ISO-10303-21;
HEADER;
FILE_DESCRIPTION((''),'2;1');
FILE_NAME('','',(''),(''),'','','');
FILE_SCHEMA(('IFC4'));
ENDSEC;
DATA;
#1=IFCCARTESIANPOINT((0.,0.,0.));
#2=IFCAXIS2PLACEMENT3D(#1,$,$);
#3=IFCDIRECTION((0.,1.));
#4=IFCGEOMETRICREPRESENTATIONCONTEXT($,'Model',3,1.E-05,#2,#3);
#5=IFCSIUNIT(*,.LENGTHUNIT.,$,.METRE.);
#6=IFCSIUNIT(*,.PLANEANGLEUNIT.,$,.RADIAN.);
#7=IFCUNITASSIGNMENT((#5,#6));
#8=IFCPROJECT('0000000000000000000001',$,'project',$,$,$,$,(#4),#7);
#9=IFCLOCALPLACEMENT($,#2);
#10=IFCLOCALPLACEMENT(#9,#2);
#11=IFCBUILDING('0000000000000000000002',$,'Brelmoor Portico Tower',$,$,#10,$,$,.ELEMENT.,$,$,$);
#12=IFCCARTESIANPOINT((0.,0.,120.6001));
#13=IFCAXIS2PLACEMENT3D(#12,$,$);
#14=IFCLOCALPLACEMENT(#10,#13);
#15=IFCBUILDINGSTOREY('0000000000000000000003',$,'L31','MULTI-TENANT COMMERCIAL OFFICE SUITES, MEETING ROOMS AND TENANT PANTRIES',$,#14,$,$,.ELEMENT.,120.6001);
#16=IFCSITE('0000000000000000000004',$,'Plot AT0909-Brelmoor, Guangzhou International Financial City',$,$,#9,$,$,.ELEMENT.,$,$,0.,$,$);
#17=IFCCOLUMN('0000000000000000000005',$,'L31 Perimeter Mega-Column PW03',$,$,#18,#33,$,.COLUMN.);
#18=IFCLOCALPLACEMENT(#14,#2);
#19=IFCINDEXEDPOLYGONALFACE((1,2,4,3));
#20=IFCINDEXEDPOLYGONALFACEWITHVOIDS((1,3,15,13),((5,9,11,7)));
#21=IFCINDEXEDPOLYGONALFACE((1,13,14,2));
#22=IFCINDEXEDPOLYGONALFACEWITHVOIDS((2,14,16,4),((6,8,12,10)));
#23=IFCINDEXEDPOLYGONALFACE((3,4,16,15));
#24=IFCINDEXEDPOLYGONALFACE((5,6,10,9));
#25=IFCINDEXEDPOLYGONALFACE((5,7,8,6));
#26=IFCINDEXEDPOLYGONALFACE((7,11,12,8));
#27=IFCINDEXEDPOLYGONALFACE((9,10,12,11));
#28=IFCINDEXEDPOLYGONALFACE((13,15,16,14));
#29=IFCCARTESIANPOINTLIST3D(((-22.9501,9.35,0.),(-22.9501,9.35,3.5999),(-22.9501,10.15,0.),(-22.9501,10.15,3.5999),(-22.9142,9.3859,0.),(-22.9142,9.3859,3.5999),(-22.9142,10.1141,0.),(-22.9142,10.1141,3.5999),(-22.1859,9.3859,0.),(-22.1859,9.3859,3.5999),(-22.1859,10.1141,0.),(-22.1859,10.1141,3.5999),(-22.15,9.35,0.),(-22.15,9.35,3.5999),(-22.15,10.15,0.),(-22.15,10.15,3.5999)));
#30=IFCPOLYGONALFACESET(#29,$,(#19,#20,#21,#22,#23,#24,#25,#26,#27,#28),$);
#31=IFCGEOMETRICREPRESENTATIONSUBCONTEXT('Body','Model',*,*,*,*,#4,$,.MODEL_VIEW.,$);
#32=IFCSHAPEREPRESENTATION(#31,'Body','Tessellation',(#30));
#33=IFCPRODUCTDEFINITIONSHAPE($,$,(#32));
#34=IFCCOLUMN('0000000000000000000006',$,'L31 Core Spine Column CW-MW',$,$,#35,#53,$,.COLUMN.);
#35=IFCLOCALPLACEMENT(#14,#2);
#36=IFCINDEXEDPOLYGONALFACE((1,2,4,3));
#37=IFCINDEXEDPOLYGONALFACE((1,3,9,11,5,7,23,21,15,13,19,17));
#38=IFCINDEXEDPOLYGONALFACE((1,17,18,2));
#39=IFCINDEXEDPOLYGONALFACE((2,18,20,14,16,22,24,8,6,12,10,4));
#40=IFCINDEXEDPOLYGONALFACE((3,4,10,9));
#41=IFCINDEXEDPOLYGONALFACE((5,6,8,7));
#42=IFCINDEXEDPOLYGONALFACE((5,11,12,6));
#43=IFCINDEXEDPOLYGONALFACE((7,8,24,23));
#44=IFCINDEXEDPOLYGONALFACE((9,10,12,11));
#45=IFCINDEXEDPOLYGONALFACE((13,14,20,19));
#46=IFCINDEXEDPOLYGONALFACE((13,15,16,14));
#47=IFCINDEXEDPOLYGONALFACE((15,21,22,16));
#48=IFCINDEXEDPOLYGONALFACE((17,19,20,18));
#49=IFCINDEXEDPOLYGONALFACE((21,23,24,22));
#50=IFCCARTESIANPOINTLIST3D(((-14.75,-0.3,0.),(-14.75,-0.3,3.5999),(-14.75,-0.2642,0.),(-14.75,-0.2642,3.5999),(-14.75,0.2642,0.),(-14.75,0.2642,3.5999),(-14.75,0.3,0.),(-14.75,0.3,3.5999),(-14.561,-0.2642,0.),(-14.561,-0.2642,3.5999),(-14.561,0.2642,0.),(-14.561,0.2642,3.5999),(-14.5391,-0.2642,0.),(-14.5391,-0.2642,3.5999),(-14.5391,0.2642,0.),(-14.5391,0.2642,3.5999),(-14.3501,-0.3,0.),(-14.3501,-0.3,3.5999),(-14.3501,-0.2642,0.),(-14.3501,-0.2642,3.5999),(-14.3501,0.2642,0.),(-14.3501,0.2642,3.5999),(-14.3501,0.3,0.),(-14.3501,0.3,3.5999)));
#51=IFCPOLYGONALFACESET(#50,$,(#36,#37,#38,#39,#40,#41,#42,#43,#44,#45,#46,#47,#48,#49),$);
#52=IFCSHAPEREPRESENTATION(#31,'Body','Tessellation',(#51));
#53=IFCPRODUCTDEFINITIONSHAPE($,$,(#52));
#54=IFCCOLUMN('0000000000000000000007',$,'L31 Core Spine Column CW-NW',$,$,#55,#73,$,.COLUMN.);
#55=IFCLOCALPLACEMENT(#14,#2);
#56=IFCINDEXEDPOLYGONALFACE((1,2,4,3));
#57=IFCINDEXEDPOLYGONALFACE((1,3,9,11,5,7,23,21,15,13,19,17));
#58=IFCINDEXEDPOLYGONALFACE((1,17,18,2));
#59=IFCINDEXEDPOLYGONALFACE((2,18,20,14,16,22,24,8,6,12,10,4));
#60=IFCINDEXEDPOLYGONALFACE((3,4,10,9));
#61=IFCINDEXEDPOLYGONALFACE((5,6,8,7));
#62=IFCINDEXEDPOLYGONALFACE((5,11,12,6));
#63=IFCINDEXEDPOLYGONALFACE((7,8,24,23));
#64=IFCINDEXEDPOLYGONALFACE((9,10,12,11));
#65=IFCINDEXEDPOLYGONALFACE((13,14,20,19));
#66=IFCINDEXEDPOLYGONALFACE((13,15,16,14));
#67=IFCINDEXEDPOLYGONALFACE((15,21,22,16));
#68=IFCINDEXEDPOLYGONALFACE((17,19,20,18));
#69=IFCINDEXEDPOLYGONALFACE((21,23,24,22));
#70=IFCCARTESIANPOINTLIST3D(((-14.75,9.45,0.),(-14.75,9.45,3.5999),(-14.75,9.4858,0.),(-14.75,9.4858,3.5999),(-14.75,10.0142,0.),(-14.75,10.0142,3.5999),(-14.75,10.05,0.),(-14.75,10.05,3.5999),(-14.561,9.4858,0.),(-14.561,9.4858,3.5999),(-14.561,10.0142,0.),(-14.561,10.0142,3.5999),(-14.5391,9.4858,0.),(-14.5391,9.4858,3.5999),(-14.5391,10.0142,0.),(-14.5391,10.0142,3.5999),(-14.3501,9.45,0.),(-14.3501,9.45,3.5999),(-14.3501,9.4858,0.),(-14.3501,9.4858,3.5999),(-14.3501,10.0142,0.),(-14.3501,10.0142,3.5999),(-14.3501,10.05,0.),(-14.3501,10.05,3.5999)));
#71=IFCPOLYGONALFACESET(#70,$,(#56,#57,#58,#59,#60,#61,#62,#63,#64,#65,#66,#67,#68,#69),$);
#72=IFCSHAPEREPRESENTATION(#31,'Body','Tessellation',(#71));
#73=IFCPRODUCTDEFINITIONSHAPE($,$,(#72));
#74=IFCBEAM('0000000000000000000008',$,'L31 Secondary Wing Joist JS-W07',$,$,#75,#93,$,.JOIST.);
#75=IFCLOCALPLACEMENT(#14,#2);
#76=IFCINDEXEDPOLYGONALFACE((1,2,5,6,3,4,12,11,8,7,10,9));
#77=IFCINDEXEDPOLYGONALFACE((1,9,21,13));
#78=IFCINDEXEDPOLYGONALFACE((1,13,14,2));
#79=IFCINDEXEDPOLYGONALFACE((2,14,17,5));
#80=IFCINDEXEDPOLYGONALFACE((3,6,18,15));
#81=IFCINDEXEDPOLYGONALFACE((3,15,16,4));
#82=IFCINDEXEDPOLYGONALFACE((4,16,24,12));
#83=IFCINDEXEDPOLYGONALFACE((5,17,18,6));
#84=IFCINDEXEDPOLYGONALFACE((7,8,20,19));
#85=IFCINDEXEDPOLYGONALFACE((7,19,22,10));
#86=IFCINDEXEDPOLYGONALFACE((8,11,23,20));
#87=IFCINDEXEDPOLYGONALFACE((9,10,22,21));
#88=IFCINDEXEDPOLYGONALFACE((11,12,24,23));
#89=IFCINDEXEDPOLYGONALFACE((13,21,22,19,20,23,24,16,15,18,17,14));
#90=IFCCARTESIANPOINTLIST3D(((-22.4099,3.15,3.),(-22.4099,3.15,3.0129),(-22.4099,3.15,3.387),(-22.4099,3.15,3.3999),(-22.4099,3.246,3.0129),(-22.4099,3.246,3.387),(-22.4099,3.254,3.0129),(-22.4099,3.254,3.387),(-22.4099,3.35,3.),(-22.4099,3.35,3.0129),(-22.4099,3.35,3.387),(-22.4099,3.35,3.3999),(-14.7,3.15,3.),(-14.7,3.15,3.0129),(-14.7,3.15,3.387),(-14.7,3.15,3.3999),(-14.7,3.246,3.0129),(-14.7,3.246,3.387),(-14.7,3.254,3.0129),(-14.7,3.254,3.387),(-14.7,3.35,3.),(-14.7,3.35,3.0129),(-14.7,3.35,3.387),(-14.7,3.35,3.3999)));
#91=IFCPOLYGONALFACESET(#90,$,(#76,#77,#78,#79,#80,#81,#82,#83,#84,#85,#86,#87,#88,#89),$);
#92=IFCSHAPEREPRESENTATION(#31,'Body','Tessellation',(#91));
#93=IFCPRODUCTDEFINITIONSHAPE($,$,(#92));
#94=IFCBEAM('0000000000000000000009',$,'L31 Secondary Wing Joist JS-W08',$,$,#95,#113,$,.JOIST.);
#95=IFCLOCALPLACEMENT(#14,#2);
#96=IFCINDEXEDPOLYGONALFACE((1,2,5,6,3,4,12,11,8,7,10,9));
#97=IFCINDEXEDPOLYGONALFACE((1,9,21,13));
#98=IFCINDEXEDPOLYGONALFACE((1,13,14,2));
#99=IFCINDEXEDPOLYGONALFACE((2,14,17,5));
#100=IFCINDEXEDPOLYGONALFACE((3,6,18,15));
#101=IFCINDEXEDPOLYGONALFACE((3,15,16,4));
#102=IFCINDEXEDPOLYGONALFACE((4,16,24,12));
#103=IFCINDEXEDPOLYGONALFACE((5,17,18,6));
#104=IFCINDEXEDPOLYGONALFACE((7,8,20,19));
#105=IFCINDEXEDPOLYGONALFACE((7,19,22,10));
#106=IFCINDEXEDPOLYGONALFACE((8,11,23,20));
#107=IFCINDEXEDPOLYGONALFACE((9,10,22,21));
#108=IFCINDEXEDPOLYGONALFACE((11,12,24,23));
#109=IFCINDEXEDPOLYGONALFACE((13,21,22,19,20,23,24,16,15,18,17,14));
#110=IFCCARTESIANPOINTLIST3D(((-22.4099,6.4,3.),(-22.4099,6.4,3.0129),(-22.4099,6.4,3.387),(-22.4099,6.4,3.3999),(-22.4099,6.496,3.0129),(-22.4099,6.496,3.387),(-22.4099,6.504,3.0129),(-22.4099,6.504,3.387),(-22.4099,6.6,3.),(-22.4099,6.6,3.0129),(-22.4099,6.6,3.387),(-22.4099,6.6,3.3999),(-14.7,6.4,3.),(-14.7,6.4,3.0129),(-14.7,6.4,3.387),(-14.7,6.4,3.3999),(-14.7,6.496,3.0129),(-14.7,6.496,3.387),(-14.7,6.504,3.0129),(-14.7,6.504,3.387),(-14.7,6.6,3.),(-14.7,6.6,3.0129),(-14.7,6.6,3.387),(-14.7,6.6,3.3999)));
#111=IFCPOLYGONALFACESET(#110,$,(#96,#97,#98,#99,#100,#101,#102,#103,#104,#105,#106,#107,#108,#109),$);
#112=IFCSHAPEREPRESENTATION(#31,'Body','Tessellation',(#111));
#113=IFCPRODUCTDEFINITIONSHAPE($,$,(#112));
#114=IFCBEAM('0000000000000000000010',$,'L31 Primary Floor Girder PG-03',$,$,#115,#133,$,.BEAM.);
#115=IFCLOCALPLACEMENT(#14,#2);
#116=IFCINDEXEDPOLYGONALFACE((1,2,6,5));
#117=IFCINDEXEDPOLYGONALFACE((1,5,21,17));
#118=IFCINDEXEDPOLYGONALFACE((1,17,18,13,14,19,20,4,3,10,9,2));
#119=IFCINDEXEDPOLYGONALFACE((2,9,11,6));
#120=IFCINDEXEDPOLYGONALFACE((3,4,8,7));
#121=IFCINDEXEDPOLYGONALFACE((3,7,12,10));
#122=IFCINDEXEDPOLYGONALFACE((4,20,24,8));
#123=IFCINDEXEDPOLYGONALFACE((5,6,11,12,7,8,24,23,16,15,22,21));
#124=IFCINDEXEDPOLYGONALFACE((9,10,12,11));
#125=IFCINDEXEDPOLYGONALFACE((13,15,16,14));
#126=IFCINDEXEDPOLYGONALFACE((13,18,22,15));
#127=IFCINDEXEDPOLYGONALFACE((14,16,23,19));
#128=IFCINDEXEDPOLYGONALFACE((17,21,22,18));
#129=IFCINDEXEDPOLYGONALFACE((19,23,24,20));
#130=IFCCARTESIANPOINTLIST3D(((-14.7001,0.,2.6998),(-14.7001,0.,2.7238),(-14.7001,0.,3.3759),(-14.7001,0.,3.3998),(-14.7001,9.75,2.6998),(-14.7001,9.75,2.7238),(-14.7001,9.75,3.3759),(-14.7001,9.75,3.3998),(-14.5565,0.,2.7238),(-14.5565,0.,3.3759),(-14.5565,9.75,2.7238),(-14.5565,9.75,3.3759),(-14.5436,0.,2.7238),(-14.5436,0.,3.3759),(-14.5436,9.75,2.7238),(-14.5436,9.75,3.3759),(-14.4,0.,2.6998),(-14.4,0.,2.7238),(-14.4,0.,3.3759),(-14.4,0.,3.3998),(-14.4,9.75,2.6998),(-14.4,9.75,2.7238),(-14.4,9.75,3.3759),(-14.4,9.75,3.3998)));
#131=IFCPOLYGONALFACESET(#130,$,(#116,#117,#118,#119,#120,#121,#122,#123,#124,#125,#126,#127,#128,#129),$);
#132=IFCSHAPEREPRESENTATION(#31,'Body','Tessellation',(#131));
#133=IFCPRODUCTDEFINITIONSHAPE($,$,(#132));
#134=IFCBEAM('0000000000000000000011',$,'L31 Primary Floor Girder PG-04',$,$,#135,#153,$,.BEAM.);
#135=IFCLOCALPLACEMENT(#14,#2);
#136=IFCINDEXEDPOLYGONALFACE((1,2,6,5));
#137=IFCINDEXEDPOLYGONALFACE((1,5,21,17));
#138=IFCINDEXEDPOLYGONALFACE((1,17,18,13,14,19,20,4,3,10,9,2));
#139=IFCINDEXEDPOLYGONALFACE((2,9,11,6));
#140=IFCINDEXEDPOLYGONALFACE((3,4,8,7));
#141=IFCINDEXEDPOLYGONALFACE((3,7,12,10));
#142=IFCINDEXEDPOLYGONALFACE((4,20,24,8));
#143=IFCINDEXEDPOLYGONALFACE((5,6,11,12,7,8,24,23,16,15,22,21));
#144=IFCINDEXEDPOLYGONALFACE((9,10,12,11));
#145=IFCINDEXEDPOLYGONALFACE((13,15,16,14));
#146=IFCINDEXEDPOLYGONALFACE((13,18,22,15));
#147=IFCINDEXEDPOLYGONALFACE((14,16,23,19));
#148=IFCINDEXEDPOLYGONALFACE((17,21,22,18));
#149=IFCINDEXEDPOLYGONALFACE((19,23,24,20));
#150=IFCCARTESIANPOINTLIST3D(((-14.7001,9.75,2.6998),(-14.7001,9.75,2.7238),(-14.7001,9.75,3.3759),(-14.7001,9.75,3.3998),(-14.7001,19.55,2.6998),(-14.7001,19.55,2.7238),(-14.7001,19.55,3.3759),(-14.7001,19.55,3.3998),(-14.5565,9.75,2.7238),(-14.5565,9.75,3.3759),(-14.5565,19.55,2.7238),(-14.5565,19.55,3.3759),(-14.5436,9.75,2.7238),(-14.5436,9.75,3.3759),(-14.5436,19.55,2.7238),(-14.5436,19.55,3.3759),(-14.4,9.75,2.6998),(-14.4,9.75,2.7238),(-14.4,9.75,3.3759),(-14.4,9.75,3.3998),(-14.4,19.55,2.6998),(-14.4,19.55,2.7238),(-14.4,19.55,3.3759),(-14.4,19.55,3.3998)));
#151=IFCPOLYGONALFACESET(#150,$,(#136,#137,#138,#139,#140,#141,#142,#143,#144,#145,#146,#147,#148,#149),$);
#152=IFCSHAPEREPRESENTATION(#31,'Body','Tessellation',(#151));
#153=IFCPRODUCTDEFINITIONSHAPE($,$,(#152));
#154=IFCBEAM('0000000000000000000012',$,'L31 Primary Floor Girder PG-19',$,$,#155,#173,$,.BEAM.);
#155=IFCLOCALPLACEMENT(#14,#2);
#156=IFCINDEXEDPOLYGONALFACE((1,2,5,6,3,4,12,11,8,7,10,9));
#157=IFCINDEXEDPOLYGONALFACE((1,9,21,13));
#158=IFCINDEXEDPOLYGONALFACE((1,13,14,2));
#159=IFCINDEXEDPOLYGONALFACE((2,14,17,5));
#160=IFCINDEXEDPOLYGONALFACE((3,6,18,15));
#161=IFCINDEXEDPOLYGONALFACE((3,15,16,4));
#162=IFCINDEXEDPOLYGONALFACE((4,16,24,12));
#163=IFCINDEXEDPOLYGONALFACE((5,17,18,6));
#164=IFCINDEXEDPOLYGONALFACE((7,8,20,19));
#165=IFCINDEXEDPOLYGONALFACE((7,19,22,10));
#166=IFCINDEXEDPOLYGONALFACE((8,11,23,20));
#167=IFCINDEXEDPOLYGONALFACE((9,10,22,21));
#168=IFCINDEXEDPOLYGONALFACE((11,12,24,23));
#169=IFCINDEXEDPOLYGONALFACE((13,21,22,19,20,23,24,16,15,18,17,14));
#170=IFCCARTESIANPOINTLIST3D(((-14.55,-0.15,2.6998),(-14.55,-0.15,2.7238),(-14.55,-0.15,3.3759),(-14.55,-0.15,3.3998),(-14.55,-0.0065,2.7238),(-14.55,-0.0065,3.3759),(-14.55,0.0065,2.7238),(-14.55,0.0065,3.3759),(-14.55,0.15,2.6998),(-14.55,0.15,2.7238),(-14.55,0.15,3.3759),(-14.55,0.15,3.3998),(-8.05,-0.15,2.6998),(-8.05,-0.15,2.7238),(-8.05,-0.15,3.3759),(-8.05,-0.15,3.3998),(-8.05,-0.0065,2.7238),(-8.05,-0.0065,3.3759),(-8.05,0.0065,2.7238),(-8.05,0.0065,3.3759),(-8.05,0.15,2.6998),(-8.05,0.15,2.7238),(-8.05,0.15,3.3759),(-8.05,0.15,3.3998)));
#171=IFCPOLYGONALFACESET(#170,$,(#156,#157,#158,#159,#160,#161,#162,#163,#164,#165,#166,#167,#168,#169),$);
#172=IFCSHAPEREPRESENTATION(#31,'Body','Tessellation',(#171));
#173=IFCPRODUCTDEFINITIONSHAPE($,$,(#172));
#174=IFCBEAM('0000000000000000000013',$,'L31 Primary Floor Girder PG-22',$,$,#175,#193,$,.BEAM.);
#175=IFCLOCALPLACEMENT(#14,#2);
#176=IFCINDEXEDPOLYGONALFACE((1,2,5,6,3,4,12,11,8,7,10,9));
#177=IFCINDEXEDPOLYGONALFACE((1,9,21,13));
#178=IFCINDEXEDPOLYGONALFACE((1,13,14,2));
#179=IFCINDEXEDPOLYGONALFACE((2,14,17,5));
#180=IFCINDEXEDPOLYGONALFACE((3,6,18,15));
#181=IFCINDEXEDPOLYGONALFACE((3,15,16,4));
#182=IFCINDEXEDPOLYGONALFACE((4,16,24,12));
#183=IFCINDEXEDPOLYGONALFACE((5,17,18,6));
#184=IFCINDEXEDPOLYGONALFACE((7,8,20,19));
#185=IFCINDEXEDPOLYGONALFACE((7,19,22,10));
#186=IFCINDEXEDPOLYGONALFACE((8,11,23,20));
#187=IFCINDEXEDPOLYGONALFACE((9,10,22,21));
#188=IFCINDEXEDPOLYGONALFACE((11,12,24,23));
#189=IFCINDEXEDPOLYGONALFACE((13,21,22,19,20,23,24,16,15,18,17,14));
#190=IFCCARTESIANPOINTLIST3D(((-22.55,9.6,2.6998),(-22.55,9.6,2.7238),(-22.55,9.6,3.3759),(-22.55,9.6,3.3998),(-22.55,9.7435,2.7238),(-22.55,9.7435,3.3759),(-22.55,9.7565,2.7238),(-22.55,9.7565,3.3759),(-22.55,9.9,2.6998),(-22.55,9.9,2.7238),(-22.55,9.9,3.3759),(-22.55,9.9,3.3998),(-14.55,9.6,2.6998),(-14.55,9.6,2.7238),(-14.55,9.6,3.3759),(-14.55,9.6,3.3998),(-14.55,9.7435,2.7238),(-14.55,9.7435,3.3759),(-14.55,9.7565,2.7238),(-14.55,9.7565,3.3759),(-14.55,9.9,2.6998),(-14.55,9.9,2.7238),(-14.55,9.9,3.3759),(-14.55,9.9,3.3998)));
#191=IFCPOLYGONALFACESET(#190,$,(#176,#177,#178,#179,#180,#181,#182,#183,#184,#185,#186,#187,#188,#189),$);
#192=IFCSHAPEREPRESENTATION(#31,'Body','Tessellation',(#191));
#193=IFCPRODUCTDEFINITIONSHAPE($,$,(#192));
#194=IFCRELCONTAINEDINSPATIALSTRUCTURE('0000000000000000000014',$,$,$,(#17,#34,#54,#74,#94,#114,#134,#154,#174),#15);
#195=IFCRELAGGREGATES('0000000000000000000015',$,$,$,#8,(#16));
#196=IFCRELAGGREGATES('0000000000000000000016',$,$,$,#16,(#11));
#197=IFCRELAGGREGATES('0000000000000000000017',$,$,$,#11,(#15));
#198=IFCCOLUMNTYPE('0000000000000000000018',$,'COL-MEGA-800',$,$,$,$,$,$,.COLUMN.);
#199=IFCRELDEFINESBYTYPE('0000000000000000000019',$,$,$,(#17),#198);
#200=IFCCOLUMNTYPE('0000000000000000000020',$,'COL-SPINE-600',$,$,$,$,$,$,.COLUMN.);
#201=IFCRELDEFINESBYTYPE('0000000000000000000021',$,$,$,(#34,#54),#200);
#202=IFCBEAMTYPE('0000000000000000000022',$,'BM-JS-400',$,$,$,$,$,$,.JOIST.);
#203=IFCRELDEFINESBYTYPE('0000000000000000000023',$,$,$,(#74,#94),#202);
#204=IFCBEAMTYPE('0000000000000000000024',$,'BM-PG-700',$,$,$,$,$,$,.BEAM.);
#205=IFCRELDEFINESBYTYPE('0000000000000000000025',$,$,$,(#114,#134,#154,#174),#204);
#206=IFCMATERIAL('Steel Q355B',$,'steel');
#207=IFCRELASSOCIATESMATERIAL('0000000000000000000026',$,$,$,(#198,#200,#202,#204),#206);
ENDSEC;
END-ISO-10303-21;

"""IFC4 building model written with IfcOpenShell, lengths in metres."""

from ifc_helpers import new_model, si_unit, direction, frame, origin, origin_2d, place, context, subcontext, project, spatial, hollow_rectangle, i_section, extrude, material, material_profile, profile_set, type_object, element, save


model = new_model("IFC4")

# Units and contexts
model_context = context("Model", 3, precision=1e-05, world=origin(), true_north=direction((0.0, 1.0)))
body_context = subcontext(model_context, "Body", "Model", "MODEL_VIEW")
ifc_project = project(units=[si_unit("LENGTHUNIT", "METRE"), si_unit("PLANEANGLEUNIT", "RADIAN")], contexts=[model_context])

# Site, building, storey
site_placement = place(None, origin())
site = spatial("IfcSite", under=ifc_project, at=site_placement, Name="Plot AT0909-Brelmoor, Guangzhou International Financial City", CompositionType="ELEMENT", RefElevation=0.0)
building_placement = place(site_placement, origin())
building = spatial("IfcBuilding", under=site, at=building_placement, Name="Brelmoor Portico Tower", CompositionType="ELEMENT")
storey_placement = place(building_placement, frame((0.0, 0.0, 120.6001)))
storey = spatial("IfcBuildingStorey", under=building, at=storey_placement, Name="L31", Description="MULTI-TENANT COMMERCIAL OFFICE SUITES, MEETING ROOMS AND TENANT PANTRIES", CompositionType="ELEMENT", Elevation=120.6001)

# Columns
ifc_material_1 = material(Name="Steel Q355B", Category="steel")
ifc_material_profile_1 = material_profile(ifc_material_1, hollow_rectangle(XDim=0.8, YDim=0.8, WallThickness=0.0359, at=origin_2d()), Name="BOX 800x800x36")
ifc_profile_set_1 = profile_set([ifc_material_profile_1], Name="Steel Q355B")
column_type_1 = type_object("IfcColumnType", Name="COL-MEGA-800", PredefinedType="COLUMN", material=ifc_profile_set_1)
column_placement = place(storey_placement, frame((-22.55, 9.75, 0.0), z_axis=(0.0, 0.0, 1.0), x_axis=(0.0, 1.0, 0.0)))
element("IfcColumn", 1, at=column_placement, inside=storey, type_object=column_type_1, Name="L31 Perimeter Mega-Column PW03", PredefinedType="COLUMN", context=body_context, shape_type="SweptSolid", body=[
    extrude(hollow_rectangle(XDim=0.8, YDim=0.8, WallThickness=0.0359, at=origin_2d()), origin(), (0.0, 0.0, 1.0), 3.5999),
])
ifc_material_profile_2 = material_profile(ifc_material_1, i_section(OverallWidth=0.3999, OverallDepth=0.6001, WebThickness=0.022, FlangeThickness=0.0359, at=origin_2d()), Name="HW 600x400x22x36")
ifc_profile_set_2 = profile_set([ifc_material_profile_2], Name="Steel Q355B")
column_type_2 = type_object("IfcColumnType", Name="COL-SPINE-600", PredefinedType="COLUMN", material=ifc_profile_set_2)
for number, where, z_axis, x_axis, name in (
    (2, (-14.55, 0.0, 0.0), (0.0, 0.0, 1.0), (1.0, 0.0, 0.0), "L31 Core Spine Column CW-MW"),
    (3, (-14.55, 9.75, 0.0), (0.0, 0.0, 1.0), (1.0, 0.0, 0.0), "L31 Core Spine Column CW-NW"),
):
    element("IfcColumn", number, at=place(storey_placement, frame(where, z_axis=z_axis, x_axis=x_axis)), inside=storey, type_object=column_type_2, Name=name, PredefinedType="COLUMN", context=body_context, shape_type="SweptSolid", body=[
        extrude(i_section(OverallWidth=0.3999, OverallDepth=0.6001, WebThickness=0.022, FlangeThickness=0.0359, at=origin_2d()), origin(), (0.0, 0.0, 1.0), 3.5999),
    ])

# Beams
ifc_material_profile_3 = material_profile(ifc_material_1, i_section(OverallWidth=0.2, OverallDepth=0.3999, WebThickness=0.0081, FlangeThickness=0.0129, at=origin_2d()), Name="HN 400x200x8x13")
ifc_profile_set_3 = profile_set([ifc_material_profile_3], Name="Steel Q355B")
beam_type_1 = type_object("IfcBeamType", Name="BM-JS-400", PredefinedType="JOIST", material=ifc_profile_set_3)
for number, where, z_axis, x_axis, name in (
    (4, (-22.4099, 3.25, 3.2), (1.0, 0.0, 0.0), (0.0, 1.0, 0.0), "L31 Secondary Wing Joist JS-W07"),
    (5, (-22.4099, 6.5, 3.2), (1.0, 0.0, 0.0), (0.0, 1.0, 0.0), "L31 Secondary Wing Joist JS-W08"),
):
    element("IfcBeam", number, at=place(storey_placement, frame(where, z_axis=z_axis, x_axis=x_axis)), inside=storey, type_object=beam_type_1, Name=name, PredefinedType="JOIST", context=body_context, shape_type="SweptSolid", body=[
        extrude(i_section(OverallWidth=0.2, OverallDepth=0.3999, WebThickness=0.0081, FlangeThickness=0.0129, at=origin_2d()), origin(), (0.0, 0.0, 1.0), 7.71),
    ])
ifc_material_profile_4 = material_profile(ifc_material_1, i_section(OverallWidth=0.3, OverallDepth=0.7, WebThickness=0.0129, FlangeThickness=0.0239, at=origin_2d()), Name="HN 700x300x13x24")
ifc_profile_set_4 = profile_set([ifc_material_profile_4], Name="Steel Q355B")
beam_type_2 = type_object("IfcBeamType", Name="BM-PG-700", PredefinedType="BEAM", material=ifc_profile_set_4)
beam_1_placement = place(storey_placement, frame((-14.55, 0.0, 3.0498), z_axis=(0.0, 1.0, 0.0), x_axis=(-1.0, 0.0, 0.0)))
element("IfcBeam", 6, at=beam_1_placement, inside=storey, type_object=beam_type_2, Name="L31 Primary Floor Girder PG-03", PredefinedType="BEAM", context=body_context, shape_type="SweptSolid", body=[
    extrude(i_section(OverallWidth=0.3, OverallDepth=0.7, WebThickness=0.0129, FlangeThickness=0.0239, at=origin_2d()), origin(), (0.0, 0.0, 1.0), 9.75),
])
beam_2_placement = place(storey_placement, frame((-14.55, 9.75, 3.0498), z_axis=(0.0, 1.0, 0.0), x_axis=(-1.0, 0.0, 0.0)))
element("IfcBeam", 7, at=beam_2_placement, inside=storey, type_object=beam_type_2, Name="L31 Primary Floor Girder PG-04", PredefinedType="BEAM", context=body_context, shape_type="SweptSolid", body=[
    extrude(i_section(OverallWidth=0.3, OverallDepth=0.7, WebThickness=0.0129, FlangeThickness=0.0239, at=origin_2d()), origin(), (0.0, 0.0, 1.0), 9.8),
])
beam_3_placement = place(storey_placement, frame((-14.55, 0.0, 3.0498), z_axis=(1.0, 0.0, 0.0), x_axis=(0.0, 1.0, 0.0)))
element("IfcBeam", 8, at=beam_3_placement, inside=storey, type_object=beam_type_2, Name="L31 Primary Floor Girder PG-19", PredefinedType="BEAM", context=body_context, shape_type="SweptSolid", body=[
    extrude(i_section(OverallWidth=0.3, OverallDepth=0.7, WebThickness=0.0129, FlangeThickness=0.0239, at=origin_2d()), origin(), (0.0, 0.0, 1.0), 6.5),
])
beam_4_placement = place(storey_placement, frame((-22.55, 9.75, 3.0498), z_axis=(1.0, 0.0, 0.0), x_axis=(0.0, 1.0, 0.0)))
element("IfcBeam", 9, at=beam_4_placement, inside=storey, type_object=beam_type_2, Name="L31 Primary Floor Girder PG-22", PredefinedType="BEAM", context=body_context, shape_type="SweptSolid", body=[
    extrude(i_section(OverallWidth=0.3, OverallDepth=0.7, WebThickness=0.0129, FlangeThickness=0.0239, at=origin_2d()), origin(), (0.0, 0.0, 1.0), 8.0),
])

save(model, "model.ifc")
